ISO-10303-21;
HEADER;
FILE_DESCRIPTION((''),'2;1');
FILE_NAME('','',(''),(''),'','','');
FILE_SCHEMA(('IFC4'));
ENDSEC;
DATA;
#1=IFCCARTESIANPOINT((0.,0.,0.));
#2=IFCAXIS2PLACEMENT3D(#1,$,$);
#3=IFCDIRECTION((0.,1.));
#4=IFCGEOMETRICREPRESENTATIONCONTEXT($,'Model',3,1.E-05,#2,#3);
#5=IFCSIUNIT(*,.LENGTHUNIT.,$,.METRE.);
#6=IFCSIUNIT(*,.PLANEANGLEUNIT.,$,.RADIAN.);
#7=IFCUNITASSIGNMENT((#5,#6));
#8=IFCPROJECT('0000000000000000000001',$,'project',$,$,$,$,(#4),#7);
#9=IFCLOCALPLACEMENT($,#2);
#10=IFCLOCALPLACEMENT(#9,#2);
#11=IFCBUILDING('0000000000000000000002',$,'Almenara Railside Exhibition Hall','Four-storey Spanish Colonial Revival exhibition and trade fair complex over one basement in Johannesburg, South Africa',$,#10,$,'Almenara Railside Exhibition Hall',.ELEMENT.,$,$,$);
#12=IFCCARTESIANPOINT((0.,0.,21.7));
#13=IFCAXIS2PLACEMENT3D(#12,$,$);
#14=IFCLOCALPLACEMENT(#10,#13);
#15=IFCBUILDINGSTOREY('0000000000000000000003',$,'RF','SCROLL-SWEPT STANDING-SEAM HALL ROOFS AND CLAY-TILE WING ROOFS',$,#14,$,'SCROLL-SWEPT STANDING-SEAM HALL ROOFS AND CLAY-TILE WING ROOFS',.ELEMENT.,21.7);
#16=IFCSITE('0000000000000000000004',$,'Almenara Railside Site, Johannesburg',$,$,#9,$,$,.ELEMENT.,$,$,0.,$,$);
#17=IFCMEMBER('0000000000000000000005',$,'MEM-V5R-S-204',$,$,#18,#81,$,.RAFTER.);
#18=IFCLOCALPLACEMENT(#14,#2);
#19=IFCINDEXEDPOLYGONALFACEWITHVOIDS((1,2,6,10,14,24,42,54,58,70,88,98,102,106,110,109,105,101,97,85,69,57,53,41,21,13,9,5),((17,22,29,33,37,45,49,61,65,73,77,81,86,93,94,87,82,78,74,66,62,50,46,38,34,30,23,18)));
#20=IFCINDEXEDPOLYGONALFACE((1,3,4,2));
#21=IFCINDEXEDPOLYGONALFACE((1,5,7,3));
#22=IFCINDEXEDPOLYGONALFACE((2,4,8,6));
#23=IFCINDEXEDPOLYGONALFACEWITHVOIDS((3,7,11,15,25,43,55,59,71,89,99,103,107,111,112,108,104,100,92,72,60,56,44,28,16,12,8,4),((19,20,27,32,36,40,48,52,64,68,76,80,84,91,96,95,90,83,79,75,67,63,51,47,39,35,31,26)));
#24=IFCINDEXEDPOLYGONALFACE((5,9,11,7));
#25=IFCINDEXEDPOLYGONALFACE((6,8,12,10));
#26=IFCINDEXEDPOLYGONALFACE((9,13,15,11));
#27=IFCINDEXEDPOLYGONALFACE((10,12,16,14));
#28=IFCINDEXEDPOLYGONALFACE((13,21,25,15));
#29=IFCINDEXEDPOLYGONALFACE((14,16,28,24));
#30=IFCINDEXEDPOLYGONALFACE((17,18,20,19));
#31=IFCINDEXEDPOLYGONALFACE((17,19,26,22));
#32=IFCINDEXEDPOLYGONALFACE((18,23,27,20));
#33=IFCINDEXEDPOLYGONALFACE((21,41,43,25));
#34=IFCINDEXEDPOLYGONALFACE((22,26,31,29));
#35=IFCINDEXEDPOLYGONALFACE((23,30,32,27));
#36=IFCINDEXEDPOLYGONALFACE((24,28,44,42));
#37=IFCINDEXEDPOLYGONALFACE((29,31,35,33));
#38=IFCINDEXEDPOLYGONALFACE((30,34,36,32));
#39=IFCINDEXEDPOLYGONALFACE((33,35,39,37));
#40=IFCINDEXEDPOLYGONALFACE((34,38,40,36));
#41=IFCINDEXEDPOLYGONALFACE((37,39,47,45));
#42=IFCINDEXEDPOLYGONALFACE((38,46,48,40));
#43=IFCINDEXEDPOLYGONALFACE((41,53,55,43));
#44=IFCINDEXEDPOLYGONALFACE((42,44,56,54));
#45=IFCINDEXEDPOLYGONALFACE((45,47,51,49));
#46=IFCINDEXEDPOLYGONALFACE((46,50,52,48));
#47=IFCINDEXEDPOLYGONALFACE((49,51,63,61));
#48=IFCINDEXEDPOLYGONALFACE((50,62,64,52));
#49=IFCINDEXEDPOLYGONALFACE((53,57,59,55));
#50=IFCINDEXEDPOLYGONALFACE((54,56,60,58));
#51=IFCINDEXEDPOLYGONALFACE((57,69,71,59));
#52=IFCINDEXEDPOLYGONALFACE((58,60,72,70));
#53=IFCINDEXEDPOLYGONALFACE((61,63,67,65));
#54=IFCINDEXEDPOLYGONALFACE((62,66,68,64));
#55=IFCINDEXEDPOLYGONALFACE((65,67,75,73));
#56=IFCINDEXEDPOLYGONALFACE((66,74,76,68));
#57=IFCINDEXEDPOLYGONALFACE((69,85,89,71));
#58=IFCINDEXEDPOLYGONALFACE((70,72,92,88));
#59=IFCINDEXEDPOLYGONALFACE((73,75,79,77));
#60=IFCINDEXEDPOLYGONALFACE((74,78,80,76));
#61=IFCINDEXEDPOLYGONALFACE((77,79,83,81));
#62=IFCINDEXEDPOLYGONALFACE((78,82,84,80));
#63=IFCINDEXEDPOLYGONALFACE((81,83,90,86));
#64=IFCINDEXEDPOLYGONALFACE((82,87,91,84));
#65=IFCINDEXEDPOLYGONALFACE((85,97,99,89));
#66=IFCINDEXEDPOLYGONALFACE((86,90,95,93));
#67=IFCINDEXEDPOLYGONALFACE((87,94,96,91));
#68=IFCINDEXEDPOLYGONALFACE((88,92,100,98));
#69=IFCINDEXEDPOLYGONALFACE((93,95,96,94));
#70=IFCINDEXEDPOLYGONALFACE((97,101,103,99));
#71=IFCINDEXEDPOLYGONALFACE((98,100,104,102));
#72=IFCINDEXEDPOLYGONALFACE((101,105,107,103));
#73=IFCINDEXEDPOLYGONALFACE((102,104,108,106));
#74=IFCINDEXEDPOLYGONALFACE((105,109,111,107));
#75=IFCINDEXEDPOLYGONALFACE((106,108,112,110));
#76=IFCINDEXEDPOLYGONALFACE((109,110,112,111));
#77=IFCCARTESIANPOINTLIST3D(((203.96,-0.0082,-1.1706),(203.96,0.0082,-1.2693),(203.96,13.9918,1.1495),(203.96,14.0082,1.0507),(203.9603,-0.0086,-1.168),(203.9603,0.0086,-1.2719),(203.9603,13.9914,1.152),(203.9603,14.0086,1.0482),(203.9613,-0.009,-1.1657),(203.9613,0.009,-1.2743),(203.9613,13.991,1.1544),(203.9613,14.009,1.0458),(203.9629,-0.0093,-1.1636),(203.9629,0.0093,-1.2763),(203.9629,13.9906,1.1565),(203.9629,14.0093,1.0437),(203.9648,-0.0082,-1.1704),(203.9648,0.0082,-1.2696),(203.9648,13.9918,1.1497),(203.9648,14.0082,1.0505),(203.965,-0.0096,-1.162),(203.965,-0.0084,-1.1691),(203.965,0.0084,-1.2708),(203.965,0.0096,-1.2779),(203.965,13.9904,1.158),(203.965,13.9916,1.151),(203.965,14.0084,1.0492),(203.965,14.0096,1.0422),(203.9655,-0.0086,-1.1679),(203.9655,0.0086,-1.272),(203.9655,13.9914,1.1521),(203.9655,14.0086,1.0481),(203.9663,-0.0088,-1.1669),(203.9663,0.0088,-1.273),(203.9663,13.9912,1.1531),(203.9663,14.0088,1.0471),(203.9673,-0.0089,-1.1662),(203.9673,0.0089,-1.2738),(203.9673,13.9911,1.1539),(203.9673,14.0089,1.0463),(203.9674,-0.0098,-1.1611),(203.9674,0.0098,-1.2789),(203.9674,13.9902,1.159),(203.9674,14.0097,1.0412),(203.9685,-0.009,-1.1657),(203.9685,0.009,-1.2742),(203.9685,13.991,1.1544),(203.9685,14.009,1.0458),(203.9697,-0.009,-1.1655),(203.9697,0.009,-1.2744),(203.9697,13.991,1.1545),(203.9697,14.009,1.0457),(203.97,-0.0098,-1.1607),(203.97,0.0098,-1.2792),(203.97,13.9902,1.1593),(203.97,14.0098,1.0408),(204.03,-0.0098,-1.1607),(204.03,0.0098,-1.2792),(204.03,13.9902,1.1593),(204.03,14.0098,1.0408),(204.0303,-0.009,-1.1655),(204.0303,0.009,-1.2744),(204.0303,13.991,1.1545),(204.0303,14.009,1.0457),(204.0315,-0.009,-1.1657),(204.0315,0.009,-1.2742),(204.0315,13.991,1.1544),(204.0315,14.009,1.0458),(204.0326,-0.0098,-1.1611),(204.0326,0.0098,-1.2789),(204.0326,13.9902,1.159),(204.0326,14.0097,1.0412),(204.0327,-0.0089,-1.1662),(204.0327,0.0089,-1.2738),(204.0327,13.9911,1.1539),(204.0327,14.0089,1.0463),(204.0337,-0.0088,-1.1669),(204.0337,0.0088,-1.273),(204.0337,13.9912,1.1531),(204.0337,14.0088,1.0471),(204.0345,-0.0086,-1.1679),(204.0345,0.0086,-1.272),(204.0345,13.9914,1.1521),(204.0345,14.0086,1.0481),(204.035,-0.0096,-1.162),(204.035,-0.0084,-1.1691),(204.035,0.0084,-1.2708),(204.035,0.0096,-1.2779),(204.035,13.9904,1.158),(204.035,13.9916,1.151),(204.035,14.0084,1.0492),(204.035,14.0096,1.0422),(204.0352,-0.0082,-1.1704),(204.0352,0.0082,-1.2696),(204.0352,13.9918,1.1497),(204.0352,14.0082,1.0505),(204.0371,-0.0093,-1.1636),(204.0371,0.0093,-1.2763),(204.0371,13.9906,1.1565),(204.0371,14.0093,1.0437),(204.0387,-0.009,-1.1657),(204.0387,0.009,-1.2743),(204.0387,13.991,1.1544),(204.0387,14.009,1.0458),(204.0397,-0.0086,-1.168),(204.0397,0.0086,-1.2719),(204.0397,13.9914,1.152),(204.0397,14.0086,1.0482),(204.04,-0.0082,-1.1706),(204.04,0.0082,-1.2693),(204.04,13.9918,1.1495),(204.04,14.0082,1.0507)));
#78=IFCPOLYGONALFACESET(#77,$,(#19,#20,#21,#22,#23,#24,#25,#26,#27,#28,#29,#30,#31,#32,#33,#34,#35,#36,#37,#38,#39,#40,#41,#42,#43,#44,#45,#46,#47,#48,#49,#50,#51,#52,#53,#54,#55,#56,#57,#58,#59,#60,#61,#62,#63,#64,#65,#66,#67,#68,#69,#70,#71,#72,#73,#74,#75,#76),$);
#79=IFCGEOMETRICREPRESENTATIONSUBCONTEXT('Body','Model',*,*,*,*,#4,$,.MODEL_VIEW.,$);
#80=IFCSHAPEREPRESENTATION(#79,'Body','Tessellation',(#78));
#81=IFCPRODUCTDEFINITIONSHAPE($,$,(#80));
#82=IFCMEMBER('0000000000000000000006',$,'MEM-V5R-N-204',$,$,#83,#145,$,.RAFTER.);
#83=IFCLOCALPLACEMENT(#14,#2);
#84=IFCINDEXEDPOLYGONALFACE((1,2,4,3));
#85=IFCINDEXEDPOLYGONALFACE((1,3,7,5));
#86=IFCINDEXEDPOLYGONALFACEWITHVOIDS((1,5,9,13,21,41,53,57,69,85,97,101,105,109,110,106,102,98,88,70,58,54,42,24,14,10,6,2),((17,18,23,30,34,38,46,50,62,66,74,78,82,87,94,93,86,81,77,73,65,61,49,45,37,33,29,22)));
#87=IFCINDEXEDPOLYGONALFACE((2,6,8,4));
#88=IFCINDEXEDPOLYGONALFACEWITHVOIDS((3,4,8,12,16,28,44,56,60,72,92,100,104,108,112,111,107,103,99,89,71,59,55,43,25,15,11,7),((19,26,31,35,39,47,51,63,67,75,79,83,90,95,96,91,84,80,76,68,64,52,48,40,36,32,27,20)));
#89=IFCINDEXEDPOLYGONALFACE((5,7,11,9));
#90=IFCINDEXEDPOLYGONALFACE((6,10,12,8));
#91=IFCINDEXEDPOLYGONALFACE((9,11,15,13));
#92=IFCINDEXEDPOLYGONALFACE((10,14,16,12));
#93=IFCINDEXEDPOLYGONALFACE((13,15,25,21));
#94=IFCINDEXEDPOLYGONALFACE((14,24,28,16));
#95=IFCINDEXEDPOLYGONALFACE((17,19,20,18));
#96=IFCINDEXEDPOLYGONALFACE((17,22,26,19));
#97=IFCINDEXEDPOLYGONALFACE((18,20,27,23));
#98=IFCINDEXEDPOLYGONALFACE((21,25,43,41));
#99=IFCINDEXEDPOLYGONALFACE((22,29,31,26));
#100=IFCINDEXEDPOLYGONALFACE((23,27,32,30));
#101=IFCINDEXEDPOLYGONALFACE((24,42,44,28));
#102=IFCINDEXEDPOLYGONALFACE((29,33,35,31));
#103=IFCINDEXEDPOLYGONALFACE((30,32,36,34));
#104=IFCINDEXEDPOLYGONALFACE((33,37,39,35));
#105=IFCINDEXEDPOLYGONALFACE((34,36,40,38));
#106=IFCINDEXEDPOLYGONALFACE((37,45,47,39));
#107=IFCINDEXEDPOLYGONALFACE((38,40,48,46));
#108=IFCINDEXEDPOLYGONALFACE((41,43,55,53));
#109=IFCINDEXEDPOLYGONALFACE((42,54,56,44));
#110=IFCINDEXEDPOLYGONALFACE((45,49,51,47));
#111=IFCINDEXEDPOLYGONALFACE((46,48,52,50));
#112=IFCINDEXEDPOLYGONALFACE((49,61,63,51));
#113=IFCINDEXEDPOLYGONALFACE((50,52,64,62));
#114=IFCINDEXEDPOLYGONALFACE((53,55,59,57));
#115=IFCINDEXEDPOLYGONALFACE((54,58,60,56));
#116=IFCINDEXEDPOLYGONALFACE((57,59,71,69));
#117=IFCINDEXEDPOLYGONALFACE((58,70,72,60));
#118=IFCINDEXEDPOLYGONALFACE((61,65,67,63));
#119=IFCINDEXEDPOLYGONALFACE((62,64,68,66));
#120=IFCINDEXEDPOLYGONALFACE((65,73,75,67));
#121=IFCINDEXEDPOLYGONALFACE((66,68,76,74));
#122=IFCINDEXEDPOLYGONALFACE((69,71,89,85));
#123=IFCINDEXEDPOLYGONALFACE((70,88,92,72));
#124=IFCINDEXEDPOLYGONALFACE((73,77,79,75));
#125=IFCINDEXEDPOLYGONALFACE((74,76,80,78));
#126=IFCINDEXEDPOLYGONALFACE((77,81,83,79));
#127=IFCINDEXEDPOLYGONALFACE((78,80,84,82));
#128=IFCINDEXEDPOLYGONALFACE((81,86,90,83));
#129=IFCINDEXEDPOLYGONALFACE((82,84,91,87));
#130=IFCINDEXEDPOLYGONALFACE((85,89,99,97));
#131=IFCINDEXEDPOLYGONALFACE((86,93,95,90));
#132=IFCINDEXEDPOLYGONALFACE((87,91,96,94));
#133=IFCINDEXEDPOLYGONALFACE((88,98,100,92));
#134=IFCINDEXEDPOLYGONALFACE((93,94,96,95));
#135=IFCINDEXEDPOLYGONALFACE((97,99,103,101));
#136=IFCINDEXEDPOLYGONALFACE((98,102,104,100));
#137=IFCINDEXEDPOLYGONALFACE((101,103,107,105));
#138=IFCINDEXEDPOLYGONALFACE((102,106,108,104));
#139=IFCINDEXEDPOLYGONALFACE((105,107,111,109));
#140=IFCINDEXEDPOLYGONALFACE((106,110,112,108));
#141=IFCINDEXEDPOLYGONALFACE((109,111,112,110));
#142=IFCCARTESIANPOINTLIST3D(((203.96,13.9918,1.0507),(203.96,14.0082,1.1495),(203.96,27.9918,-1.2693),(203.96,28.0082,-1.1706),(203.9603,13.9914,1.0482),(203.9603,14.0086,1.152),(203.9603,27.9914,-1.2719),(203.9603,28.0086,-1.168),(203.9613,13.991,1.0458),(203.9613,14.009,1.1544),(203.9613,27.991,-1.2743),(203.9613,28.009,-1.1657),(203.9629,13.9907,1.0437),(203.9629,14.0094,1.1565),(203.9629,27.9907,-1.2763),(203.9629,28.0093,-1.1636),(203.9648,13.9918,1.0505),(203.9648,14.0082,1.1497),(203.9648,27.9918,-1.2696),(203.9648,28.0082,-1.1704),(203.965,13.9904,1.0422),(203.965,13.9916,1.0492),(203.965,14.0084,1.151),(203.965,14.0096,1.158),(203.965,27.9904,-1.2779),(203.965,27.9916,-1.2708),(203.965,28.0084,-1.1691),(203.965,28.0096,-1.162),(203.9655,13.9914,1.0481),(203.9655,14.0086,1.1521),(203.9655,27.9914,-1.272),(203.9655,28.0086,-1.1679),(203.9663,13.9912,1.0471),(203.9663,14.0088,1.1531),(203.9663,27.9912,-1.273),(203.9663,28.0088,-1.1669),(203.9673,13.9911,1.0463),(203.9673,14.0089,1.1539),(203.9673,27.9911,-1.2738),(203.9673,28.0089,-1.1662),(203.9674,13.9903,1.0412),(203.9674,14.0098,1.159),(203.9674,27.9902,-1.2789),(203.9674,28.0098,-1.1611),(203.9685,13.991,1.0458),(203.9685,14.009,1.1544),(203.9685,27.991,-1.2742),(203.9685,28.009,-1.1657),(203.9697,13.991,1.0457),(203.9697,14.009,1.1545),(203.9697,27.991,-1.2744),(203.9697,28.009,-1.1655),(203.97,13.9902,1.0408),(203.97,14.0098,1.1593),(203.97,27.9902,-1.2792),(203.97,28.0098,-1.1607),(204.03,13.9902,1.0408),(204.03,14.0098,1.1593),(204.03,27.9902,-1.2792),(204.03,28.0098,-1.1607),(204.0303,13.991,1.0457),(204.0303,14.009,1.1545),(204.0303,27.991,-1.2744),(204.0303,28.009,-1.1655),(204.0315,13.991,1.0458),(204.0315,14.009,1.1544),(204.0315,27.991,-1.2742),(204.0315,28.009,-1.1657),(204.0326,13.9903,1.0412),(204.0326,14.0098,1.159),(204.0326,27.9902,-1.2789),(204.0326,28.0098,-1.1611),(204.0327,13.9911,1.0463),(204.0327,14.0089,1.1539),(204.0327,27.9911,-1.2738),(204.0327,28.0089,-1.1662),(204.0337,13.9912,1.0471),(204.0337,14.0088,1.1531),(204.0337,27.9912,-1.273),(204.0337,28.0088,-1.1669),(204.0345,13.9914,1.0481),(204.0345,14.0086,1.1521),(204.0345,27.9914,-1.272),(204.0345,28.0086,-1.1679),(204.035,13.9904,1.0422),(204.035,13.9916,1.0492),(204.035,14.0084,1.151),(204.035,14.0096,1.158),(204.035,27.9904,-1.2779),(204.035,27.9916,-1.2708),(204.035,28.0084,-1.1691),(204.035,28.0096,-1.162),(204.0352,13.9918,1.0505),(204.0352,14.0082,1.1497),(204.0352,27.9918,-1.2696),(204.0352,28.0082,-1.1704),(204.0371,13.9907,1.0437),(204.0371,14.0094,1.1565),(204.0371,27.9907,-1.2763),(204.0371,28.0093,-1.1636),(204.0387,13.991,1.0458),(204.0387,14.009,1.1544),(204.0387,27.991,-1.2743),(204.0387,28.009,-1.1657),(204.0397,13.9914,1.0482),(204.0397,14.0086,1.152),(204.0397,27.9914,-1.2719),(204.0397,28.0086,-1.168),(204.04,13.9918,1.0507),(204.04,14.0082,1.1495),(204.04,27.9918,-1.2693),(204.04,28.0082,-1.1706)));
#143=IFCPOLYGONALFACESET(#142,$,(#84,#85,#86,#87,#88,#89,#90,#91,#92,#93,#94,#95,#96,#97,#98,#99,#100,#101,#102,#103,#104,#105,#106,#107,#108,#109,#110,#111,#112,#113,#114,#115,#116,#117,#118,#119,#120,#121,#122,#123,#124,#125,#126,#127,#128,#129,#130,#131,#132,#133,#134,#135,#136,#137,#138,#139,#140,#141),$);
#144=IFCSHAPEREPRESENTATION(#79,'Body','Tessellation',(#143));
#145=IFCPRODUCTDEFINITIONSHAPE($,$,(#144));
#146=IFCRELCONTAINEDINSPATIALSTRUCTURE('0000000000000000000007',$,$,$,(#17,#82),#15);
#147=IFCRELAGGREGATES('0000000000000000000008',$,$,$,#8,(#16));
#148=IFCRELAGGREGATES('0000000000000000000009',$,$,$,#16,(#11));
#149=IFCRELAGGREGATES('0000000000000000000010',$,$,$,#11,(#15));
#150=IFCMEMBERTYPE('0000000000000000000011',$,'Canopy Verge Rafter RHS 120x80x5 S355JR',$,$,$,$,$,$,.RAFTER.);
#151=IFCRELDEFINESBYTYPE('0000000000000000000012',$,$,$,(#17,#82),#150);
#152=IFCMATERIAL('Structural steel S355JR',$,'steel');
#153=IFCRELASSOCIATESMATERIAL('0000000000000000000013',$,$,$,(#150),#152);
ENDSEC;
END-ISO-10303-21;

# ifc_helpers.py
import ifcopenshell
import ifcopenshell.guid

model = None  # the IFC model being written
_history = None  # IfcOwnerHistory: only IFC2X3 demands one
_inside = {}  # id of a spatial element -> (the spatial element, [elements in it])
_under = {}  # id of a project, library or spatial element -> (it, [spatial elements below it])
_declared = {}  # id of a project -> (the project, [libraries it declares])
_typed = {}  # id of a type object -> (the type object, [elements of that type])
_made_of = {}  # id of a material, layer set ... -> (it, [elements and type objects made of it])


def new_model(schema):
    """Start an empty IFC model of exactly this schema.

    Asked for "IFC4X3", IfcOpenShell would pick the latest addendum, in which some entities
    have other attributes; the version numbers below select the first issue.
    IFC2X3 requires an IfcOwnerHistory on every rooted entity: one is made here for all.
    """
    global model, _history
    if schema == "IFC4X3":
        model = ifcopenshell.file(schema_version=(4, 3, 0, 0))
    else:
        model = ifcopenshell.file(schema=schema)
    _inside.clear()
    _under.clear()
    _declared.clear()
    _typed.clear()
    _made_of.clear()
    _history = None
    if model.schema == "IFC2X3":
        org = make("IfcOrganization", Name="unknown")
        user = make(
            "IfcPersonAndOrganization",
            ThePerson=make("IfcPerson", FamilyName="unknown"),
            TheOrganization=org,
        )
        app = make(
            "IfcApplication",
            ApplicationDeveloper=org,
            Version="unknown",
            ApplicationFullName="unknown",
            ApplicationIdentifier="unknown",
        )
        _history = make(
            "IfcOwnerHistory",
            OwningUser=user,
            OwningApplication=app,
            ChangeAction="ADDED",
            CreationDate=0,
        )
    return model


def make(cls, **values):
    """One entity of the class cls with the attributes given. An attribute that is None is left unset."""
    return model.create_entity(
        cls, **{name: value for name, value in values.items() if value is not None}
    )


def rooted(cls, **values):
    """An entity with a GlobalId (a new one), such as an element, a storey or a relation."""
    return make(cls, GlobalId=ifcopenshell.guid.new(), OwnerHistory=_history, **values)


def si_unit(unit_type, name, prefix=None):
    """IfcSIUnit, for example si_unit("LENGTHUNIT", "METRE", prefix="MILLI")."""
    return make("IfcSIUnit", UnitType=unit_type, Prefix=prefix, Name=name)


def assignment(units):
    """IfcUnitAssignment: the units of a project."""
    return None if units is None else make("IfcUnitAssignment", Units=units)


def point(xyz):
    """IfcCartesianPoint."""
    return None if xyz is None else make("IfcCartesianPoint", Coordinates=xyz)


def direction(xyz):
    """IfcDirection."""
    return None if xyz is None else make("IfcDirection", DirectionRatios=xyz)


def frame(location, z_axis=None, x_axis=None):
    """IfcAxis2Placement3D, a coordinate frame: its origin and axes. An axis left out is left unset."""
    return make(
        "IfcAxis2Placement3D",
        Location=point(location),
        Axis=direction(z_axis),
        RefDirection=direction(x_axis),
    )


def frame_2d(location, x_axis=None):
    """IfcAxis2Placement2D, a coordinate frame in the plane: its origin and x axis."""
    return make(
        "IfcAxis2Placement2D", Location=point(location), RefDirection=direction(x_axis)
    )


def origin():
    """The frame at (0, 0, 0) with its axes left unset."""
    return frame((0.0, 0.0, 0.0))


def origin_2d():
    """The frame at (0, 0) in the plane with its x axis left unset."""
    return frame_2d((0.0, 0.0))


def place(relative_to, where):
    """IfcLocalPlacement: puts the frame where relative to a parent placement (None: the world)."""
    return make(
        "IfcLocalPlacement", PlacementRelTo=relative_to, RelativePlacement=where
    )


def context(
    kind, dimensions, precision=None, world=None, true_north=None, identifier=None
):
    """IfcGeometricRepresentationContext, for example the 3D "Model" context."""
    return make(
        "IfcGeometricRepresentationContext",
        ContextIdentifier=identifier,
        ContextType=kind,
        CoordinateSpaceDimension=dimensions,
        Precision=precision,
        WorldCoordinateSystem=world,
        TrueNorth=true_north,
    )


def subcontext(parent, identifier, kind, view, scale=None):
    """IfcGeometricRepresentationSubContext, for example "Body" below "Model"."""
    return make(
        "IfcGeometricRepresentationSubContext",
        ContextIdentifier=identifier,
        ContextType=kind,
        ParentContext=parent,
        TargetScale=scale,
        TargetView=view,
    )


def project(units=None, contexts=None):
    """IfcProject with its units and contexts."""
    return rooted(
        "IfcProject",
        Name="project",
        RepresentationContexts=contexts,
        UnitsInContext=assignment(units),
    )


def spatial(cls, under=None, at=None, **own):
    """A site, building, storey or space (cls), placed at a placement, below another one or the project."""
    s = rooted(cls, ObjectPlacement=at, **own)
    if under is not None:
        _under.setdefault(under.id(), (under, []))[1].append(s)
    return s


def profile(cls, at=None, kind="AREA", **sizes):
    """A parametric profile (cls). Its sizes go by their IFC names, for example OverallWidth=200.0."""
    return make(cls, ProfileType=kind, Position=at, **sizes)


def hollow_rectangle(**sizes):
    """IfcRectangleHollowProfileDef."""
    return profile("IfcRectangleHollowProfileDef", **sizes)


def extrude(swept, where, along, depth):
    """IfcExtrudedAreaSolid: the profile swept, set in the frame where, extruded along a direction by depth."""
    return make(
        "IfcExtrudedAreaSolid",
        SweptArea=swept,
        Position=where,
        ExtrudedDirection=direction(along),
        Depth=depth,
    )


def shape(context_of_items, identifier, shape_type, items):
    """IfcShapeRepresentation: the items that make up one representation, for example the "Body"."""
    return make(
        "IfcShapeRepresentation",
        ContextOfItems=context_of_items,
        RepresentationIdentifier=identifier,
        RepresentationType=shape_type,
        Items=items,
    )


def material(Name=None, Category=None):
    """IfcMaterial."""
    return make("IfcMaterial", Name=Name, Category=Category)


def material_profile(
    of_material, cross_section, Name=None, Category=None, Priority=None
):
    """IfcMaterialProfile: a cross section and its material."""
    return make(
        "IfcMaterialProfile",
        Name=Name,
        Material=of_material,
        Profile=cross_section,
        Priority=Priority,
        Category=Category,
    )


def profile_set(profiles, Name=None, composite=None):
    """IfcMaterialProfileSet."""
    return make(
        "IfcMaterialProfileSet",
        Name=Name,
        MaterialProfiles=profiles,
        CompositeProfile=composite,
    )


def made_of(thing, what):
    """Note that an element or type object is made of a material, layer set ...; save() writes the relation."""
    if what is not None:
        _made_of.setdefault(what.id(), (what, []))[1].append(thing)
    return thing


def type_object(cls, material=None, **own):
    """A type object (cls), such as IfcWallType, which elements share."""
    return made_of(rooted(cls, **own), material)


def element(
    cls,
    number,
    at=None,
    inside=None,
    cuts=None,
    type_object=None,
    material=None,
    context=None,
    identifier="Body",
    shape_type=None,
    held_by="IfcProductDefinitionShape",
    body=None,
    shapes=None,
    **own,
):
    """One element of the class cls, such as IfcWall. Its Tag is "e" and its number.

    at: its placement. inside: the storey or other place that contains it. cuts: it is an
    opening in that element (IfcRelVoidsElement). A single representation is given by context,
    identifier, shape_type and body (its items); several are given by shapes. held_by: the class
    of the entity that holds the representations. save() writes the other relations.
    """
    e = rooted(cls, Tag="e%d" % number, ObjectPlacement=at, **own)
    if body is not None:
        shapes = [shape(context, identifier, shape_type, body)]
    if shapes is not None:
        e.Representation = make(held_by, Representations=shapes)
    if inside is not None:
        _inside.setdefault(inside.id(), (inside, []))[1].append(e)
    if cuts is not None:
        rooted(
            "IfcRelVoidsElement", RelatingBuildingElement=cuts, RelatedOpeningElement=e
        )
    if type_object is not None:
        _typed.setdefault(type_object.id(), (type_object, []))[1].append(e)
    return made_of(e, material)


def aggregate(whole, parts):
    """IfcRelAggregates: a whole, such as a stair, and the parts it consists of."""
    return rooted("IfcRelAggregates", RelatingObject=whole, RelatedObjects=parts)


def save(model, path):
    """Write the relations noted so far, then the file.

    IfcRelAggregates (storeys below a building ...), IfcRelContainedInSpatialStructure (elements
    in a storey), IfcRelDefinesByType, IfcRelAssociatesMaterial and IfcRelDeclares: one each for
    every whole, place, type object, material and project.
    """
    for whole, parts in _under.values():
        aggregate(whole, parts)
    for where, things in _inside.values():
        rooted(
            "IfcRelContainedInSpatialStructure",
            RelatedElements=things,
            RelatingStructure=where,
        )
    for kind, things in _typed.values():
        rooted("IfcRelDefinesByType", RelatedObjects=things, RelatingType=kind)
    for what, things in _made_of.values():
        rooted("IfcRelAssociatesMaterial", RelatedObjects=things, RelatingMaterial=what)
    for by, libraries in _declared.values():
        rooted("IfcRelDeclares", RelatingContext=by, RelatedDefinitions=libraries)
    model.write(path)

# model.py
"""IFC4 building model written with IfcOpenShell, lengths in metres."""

from ifc_helpers import new_model, si_unit, direction, frame, origin, origin_2d, place, context, subcontext, project, spatial, hollow_rectangle, extrude, material, material_profile, profile_set, type_object, element, save


model = new_model("IFC4")

# Units and contexts
model_context = context("Model", 3, precision=1e-05, world=origin(), true_north=direction((0.0, 1.0)))
body_context = subcontext(model_context, "Body", "Model", "MODEL_VIEW")
ifc_project = project(units=[si_unit("LENGTHUNIT", "METRE"), si_unit("PLANEANGLEUNIT", "RADIAN")], contexts=[model_context])

# Site, building, storey
site_placement = place(None, origin())
site = spatial("IfcSite", under=ifc_project, at=site_placement, Name="Almenara Railside Site, Johannesburg", CompositionType="ELEMENT", RefElevation=0.0)
building_placement = place(site_placement, origin())
building = spatial("IfcBuilding", under=site, at=building_placement, Name="Almenara Railside Exhibition Hall", Description="Four-storey Spanish Colonial Revival exhibition and trade fair complex over one basement in Johannesburg, South Africa", LongName="Almenara Railside Exhibition Hall", CompositionType="ELEMENT")
storey_placement = place(building_placement, frame((0.0, 0.0, 21.7)))
storey = spatial("IfcBuildingStorey", under=building, at=storey_placement, Name="RF", Description="SCROLL-SWEPT STANDING-SEAM HALL ROOFS AND CLAY-TILE WING ROOFS", LongName="SCROLL-SWEPT STANDING-SEAM HALL ROOFS AND CLAY-TILE WING ROOFS", CompositionType="ELEMENT", Elevation=21.7)

# Members
ifc_material_1 = material(Name="Structural steel S355JR", Category="steel")
ifc_material_profile_1 = material_profile(ifc_material_1, hollow_rectangle(XDim=0.0801, YDim=0.1201, WallThickness=0.0049, InnerFilletRadius=0.0049, OuterFilletRadius=0.01, at=origin_2d()), Name="RHS 120x80x5")
ifc_profile_set_1 = profile_set([ifc_material_profile_1], Name="Structural steel S355JR")
member_type_1 = type_object("IfcMemberType", Name="Canopy Verge Rafter RHS 120x80x5 S355JR", PredefinedType="RAFTER", material=ifc_profile_set_1)
for number, where, z_axis, x_axis, name in (
    (1, (204.0, 0.0, -1.22), (0.0, 0.986545, 0.163489), (-1.0, 0.0, 0.0), "MEM-V5R-S-204"),
    (2, (204.0, 28.0, -1.22), (0.0, -0.986545, 0.163489), (1.0, 0.0, 0.0), "MEM-V5R-N-204"),
):
    element("IfcMember", number, at=place(storey_placement, frame(where, z_axis=z_axis, x_axis=x_axis)), inside=storey, type_object=member_type_1, Name=name, PredefinedType="RAFTER", context=body_context, shape_type="SweptSolid", body=[
        extrude(hollow_rectangle(XDim=0.0801, YDim=0.1201, WallThickness=0.0049, InnerFilletRadius=0.0049, OuterFilletRadius=0.01, at=origin_2d()), origin(), (0.0, 0.0, 1.0), 14.1909),
    ])

save(model, "model.ifc")
